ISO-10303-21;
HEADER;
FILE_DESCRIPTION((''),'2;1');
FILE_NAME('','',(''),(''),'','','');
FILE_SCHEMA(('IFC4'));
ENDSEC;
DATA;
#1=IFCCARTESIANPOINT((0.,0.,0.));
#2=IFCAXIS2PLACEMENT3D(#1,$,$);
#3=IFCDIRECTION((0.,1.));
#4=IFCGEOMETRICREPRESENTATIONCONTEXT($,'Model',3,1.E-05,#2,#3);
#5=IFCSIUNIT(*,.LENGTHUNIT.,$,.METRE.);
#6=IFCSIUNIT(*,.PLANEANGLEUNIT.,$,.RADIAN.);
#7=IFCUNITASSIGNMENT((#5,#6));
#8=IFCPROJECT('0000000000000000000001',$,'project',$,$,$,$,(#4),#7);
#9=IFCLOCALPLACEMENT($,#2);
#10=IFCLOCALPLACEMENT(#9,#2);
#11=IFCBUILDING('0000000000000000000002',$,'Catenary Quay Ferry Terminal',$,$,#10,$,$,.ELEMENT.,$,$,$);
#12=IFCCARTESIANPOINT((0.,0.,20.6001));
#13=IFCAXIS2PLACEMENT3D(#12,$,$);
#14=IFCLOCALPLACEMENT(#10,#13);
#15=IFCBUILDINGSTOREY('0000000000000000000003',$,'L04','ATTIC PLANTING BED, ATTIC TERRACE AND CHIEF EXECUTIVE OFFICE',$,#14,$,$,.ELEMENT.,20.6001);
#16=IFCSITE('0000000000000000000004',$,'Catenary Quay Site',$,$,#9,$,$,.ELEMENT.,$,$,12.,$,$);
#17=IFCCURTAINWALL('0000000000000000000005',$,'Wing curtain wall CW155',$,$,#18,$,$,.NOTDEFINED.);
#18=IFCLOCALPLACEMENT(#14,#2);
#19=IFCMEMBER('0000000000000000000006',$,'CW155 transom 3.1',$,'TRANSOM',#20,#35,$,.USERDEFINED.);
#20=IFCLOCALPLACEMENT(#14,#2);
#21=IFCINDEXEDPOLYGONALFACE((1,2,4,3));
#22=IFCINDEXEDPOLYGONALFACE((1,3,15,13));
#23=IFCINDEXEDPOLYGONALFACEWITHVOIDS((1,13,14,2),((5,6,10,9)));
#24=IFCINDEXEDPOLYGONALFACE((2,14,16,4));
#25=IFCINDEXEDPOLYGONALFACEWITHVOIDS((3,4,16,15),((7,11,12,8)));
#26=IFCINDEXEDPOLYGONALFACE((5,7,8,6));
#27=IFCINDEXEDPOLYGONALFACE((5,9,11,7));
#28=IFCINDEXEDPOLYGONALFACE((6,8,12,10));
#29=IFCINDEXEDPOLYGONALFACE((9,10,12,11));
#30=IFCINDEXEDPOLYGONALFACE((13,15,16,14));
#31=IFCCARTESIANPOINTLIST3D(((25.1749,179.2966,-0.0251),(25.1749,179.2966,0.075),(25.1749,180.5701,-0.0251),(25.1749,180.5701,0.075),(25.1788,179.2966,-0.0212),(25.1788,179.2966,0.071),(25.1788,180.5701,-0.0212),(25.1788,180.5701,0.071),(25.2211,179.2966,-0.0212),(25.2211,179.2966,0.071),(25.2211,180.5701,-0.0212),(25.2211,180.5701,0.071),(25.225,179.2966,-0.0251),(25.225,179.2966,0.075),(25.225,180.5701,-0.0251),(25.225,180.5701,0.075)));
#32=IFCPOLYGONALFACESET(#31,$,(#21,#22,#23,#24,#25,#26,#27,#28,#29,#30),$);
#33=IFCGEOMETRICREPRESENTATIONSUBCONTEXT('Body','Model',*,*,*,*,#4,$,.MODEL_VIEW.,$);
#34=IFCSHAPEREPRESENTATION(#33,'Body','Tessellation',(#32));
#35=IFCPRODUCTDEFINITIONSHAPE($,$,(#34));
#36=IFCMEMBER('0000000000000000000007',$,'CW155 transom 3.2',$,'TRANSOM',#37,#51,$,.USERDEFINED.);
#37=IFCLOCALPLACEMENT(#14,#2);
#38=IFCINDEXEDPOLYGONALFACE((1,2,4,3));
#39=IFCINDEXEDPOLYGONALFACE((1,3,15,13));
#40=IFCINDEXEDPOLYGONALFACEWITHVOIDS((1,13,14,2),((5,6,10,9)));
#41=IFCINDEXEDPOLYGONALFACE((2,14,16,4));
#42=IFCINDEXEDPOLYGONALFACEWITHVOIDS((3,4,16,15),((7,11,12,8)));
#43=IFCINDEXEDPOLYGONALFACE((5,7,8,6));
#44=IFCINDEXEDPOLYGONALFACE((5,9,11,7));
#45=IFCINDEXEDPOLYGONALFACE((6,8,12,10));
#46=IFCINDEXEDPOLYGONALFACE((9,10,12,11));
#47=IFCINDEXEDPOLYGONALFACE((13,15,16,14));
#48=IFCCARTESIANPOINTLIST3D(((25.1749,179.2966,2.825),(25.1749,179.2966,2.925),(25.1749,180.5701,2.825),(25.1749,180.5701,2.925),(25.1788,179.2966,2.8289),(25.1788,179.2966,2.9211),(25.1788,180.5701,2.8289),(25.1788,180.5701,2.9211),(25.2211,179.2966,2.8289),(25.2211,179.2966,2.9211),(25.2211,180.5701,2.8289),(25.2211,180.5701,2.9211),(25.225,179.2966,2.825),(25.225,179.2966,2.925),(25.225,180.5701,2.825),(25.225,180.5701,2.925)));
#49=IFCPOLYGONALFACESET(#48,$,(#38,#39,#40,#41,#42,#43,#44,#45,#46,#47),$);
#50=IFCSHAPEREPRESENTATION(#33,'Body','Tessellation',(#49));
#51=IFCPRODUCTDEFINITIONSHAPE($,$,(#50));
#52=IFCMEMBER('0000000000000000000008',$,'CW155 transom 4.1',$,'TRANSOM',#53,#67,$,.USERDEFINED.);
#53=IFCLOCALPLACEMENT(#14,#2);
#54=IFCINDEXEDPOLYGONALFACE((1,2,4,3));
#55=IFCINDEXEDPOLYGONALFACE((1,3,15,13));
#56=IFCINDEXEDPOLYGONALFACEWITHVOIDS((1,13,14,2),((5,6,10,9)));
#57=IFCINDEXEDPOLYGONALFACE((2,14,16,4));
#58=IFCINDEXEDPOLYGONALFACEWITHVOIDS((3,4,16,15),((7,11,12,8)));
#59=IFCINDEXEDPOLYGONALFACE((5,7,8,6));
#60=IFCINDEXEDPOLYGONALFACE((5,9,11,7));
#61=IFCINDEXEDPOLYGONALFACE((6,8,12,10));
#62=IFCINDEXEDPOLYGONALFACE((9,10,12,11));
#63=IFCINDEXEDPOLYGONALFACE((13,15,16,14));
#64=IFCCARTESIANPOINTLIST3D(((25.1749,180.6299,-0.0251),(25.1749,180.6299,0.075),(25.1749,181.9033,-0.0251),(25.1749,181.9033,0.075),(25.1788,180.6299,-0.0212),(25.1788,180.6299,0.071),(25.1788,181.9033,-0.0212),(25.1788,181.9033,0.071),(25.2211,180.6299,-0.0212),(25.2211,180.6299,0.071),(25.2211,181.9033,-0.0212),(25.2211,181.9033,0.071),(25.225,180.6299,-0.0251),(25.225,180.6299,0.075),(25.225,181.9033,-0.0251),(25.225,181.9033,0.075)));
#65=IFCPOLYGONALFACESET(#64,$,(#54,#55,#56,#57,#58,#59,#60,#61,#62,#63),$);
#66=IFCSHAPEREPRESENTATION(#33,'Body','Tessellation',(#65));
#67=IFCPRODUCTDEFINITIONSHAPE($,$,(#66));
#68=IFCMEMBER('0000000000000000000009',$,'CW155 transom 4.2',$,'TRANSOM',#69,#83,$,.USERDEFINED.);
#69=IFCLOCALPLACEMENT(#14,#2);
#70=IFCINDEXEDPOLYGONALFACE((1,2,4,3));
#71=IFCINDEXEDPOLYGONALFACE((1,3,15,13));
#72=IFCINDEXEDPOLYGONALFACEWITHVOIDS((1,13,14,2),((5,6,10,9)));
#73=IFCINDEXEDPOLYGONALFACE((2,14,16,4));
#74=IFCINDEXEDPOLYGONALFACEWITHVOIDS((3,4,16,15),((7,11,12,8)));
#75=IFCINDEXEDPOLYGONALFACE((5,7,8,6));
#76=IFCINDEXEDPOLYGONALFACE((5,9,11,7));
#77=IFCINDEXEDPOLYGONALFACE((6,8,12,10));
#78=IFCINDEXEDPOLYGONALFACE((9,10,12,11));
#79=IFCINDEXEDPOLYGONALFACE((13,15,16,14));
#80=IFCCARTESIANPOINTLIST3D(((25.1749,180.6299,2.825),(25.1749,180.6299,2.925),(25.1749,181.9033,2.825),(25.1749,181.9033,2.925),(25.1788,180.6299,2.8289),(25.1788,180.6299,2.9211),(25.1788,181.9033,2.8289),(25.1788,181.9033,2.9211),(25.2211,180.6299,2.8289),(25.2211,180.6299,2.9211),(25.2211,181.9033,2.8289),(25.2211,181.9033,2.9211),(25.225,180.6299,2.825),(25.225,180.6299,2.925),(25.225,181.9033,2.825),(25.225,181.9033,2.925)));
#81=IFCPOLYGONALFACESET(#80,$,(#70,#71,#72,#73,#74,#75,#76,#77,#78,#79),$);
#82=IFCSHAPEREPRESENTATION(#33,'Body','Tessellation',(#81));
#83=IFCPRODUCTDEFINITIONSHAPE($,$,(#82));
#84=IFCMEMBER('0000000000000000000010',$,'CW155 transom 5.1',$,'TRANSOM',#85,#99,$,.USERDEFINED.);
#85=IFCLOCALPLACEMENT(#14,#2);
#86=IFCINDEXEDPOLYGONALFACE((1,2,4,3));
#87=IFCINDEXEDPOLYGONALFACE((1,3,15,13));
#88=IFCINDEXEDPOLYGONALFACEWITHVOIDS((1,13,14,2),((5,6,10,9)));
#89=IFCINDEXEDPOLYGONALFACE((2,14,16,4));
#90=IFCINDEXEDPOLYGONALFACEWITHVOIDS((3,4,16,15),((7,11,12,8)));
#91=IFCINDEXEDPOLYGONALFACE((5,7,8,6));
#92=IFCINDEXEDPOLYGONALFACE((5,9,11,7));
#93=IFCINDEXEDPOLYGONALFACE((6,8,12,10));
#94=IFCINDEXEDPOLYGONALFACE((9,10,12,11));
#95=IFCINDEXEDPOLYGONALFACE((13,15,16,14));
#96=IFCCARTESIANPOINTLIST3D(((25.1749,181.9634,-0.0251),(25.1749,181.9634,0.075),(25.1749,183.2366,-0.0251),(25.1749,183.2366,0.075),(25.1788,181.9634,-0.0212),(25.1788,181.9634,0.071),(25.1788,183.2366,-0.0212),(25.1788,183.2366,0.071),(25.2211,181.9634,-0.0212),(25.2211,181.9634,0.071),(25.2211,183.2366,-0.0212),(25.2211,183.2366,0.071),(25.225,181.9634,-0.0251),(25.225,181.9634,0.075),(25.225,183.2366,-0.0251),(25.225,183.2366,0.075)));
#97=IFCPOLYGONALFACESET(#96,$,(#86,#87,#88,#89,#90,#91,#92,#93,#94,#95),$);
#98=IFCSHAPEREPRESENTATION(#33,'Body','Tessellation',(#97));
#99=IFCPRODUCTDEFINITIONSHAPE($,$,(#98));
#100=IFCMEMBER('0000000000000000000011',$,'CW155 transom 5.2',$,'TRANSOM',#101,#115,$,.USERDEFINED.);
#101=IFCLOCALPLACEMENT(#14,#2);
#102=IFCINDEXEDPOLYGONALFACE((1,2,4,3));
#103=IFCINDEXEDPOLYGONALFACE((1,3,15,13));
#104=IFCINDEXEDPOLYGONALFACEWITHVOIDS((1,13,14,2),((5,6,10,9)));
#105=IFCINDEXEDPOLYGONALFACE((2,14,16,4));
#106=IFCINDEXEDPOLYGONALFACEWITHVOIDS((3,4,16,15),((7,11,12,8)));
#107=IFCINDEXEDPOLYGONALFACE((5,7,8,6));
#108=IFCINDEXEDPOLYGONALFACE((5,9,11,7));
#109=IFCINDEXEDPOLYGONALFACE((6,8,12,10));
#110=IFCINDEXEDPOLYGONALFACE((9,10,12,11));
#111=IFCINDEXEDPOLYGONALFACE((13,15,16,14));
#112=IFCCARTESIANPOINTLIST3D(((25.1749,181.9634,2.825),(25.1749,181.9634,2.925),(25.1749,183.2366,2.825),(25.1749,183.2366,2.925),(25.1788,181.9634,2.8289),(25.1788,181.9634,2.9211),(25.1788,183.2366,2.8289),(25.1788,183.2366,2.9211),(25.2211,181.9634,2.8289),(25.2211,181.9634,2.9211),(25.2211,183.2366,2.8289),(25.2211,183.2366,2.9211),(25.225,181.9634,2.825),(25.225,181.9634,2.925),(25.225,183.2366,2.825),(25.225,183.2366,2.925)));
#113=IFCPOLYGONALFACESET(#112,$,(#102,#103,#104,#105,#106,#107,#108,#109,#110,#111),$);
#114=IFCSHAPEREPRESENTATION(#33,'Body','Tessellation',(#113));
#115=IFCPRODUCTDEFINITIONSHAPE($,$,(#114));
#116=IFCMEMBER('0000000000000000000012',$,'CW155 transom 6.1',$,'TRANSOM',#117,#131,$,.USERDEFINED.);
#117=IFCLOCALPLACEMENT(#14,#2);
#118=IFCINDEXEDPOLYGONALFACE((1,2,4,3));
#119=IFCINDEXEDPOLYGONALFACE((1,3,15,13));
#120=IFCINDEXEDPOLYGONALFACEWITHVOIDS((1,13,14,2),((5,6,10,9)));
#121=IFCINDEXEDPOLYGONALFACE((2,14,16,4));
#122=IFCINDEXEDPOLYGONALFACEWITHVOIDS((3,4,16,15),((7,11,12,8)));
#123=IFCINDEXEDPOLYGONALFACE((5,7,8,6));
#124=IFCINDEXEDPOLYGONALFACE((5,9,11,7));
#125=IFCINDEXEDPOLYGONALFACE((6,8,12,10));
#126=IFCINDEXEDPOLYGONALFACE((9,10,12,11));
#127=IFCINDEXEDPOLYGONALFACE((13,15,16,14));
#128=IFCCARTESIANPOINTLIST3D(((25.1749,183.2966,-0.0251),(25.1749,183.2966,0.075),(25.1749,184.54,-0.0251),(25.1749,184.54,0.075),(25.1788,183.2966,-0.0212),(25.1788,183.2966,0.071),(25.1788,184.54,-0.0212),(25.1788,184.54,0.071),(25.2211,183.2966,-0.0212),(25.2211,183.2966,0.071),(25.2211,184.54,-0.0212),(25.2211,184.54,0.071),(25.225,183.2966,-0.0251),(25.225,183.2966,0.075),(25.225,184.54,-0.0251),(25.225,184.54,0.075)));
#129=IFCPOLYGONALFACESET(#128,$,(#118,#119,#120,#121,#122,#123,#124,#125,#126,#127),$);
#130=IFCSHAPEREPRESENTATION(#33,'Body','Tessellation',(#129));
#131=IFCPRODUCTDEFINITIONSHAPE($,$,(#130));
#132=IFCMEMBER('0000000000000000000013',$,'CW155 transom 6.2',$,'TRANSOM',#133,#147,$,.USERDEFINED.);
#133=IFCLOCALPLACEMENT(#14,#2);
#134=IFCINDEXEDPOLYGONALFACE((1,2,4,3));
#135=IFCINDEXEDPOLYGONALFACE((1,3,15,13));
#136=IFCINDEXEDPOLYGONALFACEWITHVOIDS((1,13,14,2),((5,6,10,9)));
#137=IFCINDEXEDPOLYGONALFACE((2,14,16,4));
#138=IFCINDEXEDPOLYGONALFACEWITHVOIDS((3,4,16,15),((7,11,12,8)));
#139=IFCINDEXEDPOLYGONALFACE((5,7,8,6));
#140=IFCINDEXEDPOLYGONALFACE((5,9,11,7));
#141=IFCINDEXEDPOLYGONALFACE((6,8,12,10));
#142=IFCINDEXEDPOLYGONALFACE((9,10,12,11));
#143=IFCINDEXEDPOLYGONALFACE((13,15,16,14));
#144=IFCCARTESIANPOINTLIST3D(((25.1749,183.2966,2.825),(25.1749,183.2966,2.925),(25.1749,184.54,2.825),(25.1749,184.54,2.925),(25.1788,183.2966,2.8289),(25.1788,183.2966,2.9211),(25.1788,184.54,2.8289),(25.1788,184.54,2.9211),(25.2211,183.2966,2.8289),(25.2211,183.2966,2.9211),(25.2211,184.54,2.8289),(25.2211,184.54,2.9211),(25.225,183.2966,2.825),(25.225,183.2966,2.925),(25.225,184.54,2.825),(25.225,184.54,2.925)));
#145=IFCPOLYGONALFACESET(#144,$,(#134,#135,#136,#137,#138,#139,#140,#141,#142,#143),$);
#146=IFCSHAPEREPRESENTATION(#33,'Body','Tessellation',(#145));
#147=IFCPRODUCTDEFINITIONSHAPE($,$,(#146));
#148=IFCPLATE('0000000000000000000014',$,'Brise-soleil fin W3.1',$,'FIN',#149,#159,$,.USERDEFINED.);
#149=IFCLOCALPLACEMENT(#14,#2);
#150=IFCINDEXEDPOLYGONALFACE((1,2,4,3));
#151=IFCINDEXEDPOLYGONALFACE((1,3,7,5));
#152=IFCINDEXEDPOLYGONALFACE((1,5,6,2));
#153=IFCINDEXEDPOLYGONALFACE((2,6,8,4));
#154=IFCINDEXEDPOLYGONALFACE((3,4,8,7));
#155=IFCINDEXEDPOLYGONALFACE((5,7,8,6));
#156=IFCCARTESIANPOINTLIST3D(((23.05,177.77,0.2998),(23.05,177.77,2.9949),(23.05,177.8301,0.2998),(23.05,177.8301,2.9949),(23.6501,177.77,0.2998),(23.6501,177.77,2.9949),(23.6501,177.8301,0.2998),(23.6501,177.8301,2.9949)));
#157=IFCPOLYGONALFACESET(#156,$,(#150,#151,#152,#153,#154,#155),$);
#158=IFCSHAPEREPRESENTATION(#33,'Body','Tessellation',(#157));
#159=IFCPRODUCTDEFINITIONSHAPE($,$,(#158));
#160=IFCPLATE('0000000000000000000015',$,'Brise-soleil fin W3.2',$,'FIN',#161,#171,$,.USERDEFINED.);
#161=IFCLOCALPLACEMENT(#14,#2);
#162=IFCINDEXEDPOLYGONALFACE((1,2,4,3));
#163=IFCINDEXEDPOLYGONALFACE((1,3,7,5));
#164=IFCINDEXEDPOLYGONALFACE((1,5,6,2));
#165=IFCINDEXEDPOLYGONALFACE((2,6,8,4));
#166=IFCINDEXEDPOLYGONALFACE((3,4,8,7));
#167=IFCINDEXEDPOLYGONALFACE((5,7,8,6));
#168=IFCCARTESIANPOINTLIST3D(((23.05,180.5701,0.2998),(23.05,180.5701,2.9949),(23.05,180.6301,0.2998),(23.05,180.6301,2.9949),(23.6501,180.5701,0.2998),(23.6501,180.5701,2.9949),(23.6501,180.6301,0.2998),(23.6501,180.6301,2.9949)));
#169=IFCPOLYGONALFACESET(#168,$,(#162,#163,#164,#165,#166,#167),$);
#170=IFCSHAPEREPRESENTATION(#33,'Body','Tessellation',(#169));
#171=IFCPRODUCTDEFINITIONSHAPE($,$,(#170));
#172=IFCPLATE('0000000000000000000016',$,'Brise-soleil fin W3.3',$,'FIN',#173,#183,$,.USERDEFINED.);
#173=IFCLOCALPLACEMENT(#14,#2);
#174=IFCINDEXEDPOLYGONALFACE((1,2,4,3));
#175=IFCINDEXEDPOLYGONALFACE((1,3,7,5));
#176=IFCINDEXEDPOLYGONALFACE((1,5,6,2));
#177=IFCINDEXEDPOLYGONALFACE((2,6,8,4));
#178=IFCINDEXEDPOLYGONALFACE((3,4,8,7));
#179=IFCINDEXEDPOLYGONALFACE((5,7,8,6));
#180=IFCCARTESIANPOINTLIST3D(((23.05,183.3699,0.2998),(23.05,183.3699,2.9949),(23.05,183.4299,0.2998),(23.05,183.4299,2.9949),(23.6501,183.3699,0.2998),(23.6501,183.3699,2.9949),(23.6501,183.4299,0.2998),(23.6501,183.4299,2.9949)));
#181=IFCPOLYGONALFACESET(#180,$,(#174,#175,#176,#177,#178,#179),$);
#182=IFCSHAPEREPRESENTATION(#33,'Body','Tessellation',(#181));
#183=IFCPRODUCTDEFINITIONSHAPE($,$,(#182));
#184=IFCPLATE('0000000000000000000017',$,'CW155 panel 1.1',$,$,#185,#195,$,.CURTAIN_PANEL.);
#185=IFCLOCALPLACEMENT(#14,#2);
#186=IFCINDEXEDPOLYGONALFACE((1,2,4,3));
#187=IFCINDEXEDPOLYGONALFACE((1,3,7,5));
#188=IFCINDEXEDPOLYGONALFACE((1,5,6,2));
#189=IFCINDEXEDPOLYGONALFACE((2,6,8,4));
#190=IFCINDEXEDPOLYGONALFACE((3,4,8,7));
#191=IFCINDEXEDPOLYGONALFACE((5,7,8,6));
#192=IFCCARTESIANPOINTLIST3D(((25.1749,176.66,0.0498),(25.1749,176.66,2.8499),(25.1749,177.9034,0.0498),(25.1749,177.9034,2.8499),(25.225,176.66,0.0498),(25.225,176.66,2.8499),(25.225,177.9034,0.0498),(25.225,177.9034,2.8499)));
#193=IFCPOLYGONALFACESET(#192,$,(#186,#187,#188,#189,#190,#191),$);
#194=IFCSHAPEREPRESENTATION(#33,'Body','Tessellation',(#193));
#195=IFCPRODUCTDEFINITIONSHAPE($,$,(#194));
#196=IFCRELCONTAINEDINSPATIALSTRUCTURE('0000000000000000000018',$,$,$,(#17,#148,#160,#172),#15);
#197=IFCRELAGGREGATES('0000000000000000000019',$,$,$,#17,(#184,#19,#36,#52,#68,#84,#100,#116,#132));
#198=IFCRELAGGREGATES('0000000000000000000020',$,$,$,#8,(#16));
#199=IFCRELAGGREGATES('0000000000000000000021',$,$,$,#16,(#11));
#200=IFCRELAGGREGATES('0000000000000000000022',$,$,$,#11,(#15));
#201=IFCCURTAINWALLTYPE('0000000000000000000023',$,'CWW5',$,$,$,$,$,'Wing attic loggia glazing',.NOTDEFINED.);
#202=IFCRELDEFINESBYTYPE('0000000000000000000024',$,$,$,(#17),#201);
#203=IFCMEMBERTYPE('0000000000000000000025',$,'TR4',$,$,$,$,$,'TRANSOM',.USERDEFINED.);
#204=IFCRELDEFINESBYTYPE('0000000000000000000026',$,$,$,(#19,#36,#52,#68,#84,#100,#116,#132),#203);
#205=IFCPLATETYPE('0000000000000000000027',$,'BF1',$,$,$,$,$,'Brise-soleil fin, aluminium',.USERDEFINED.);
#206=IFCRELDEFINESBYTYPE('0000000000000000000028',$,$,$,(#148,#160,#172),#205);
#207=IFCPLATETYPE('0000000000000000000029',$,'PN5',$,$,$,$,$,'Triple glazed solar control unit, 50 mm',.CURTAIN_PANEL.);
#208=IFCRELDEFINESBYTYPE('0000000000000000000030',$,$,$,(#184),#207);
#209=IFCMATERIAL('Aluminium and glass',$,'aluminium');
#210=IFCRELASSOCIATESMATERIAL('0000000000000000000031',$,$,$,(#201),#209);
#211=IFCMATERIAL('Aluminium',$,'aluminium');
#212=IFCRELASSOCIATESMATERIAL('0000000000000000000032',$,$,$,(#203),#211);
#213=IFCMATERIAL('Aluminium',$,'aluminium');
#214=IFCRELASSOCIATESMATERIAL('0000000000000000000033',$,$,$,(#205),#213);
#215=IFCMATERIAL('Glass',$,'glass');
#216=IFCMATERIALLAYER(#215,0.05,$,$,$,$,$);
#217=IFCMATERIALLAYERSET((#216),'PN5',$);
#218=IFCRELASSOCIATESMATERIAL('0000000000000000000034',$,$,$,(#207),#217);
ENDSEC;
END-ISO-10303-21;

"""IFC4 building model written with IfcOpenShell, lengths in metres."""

from ifc_helpers import new_model, si_unit, direction, frame, origin, origin_2d, place, context, subcontext, project, spatial, rectangle, hollow_rectangle, extrude, material, layer, layer_set, material_profile, profile_set, type_object, element, aggregate, save


model = new_model("IFC4")

# Units and contexts
model_context = context("Model", 3, precision=1e-05, world=origin(), true_north=direction((0.0, 1.0)))
body_context = subcontext(model_context, "Body", "Model", "MODEL_VIEW")
ifc_project = project(units=[si_unit("LENGTHUNIT", "METRE"), si_unit("PLANEANGLEUNIT", "RADIAN")], contexts=[model_context])

# Site, building, storey
site_placement = place(None, origin())
site = spatial("IfcSite", under=ifc_project, at=site_placement, Name="Catenary Quay Site", CompositionType="ELEMENT", RefElevation=12.0)
building_placement = place(site_placement, origin())
building = spatial("IfcBuilding", under=site, at=building_placement, Name="Catenary Quay Ferry Terminal", CompositionType="ELEMENT")
storey_placement = place(building_placement, frame((0.0, 0.0, 20.6001)))
storey = spatial("IfcBuildingStorey", under=building, at=storey_placement, Name="L04", Description="ATTIC PLANTING BED, ATTIC TERRACE AND CHIEF EXECUTIVE OFFICE", CompositionType="ELEMENT", Elevation=20.6001)

# Curtain wall, members
ifc_material_1 = material(Name="Aluminium and glass", Category="aluminium")
curtain_wall_type = type_object("IfcCurtainWallType", Name="CWW5", ElementType="Wing attic loggia glazing", PredefinedType="NOTDEFINED", material=ifc_material_1)
curtain_wall_placement = place(storey_placement, origin())
curtain_wall = element("IfcCurtainWall", 1, at=curtain_wall_placement, inside=storey, type_object=curtain_wall_type, Name="Wing curtain wall CW155", PredefinedType="NOTDEFINED")
ifc_material_2 = material(Name="Aluminium", Category="aluminium")
ifc_material_profile_1 = material_profile(ifc_material_2, hollow_rectangle(XDim=0.05, YDim=0.1001, WallThickness=0.0039, at=origin_2d()), Name="TR4")
ifc_profile_set_1 = profile_set([ifc_material_profile_1], Name="Aluminium")
member_type_1 = type_object("IfcMemberType", Name="TR4", ElementType="TRANSOM", PredefinedType="USERDEFINED", material=ifc_profile_set_1)
member_1_placement = place(storey_placement, frame((25.2, 179.2966, 0.0249), z_axis=(0.0, 1.0, 0.0), x_axis=(-1.0, 0.0, 0.0)))
member_1 = element("IfcMember", 2, at=member_1_placement, type_object=member_type_1, Name="CW155 transom 3.1", ObjectType="TRANSOM", PredefinedType="USERDEFINED", context=body_context, shape_type="SweptSolid", body=[
    extrude(hollow_rectangle(XDim=0.05, YDim=0.1001, WallThickness=0.0039, at=origin_2d()), origin(), (0.0, 0.0, 1.0), 1.2734),
])
member_2_placement = place(storey_placement, frame((25.2, 179.2966, 2.875), z_axis=(0.0, 1.0, 0.0), x_axis=(-1.0, 0.0, 0.0)))
member_2 = element("IfcMember", 3, at=member_2_placement, type_object=member_type_1, Name="CW155 transom 3.2", ObjectType="TRANSOM", PredefinedType="USERDEFINED", context=body_context, shape_type="SweptSolid", body=[
    extrude(hollow_rectangle(XDim=0.05, YDim=0.1001, WallThickness=0.0039, at=origin_2d()), origin(), (0.0, 0.0, 1.0), 1.2734),
])
member_3_placement = place(storey_placement, frame((25.2, 180.6299, 0.0249), z_axis=(0.0, 1.0, 0.0), x_axis=(-1.0, 0.0, 0.0)))
member_3 = element("IfcMember", 4, at=member_3_placement, type_object=member_type_1, Name="CW155 transom 4.1", ObjectType="TRANSOM", PredefinedType="USERDEFINED", context=body_context, shape_type="SweptSolid", body=[
    extrude(hollow_rectangle(XDim=0.05, YDim=0.1001, WallThickness=0.0039, at=origin_2d()), origin(), (0.0, 0.0, 1.0), 1.2734),
])
member_4_placement = place(storey_placement, frame((25.2, 180.6299, 2.875), z_axis=(0.0, 1.0, 0.0), x_axis=(-1.0, 0.0, 0.0)))
member_4 = element("IfcMember", 5, at=member_4_placement, type_object=member_type_1, Name="CW155 transom 4.2", ObjectType="TRANSOM", PredefinedType="USERDEFINED", context=body_context, shape_type="SweptSolid", body=[
    extrude(hollow_rectangle(XDim=0.05, YDim=0.1001, WallThickness=0.0039, at=origin_2d()), origin(), (0.0, 0.0, 1.0), 1.2734),
])
member_5_placement = place(storey_placement, frame((25.2, 181.9634, 0.0249), z_axis=(0.0, 1.0, 0.0), x_axis=(-1.0, 0.0, 0.0)))
member_5 = element("IfcMember", 6, at=member_5_placement, type_object=member_type_1, Name="CW155 transom 5.1", ObjectType="TRANSOM", PredefinedType="USERDEFINED", context=body_context, shape_type="SweptSolid", body=[
    extrude(hollow_rectangle(XDim=0.05, YDim=0.1001, WallThickness=0.0039, at=origin_2d()), origin(), (0.0, 0.0, 1.0), 1.2732),
])
member_6_placement = place(storey_placement, frame((25.2, 181.9634, 2.875), z_axis=(0.0, 1.0, 0.0), x_axis=(-1.0, 0.0, 0.0)))
member_6 = element("IfcMember", 7, at=member_6_placement, type_object=member_type_1, Name="CW155 transom 5.2", ObjectType="TRANSOM", PredefinedType="USERDEFINED", context=body_context, shape_type="SweptSolid", body=[
    extrude(hollow_rectangle(XDim=0.05, YDim=0.1001, WallThickness=0.0039, at=origin_2d()), origin(), (0.0, 0.0, 1.0), 1.2732),
])
member_7_placement = place(storey_placement, frame((25.2, 183.2966, 0.0249), z_axis=(0.0, 1.0, 0.0), x_axis=(-1.0, 0.0, 0.0)))
member_7 = element("IfcMember", 8, at=member_7_placement, type_object=member_type_1, Name="CW155 transom 6.1", ObjectType="TRANSOM", PredefinedType="USERDEFINED", context=body_context, shape_type="SweptSolid", body=[
    extrude(hollow_rectangle(XDim=0.05, YDim=0.1001, WallThickness=0.0039, at=origin_2d()), origin(), (0.0, 0.0, 1.0), 1.2434),
])
member_8_placement = place(storey_placement, frame((25.2, 183.2966, 2.875), z_axis=(0.0, 1.0, 0.0), x_axis=(-1.0, 0.0, 0.0)))
member_8 = element("IfcMember", 9, at=member_8_placement, type_object=member_type_1, Name="CW155 transom 6.2", ObjectType="TRANSOM", PredefinedType="USERDEFINED", context=body_context, shape_type="SweptSolid", body=[
    extrude(hollow_rectangle(XDim=0.05, YDim=0.1001, WallThickness=0.0039, at=origin_2d()), origin(), (0.0, 0.0, 1.0), 1.2434),
])

# Plates
ifc_material_3 = material(Name="Aluminium", Category="aluminium")
ifc_material_profile_2 = material_profile(ifc_material_3, rectangle(XDim=0.0601, YDim=0.6001, at=origin_2d()), Name="BF1")
ifc_profile_set_2 = profile_set([ifc_material_profile_2], Name="Aluminium")
plate_type_1 = type_object("IfcPlateType", Name="BF1", ElementType="Brise-soleil fin, aluminium", PredefinedType="USERDEFINED", material=ifc_profile_set_2)
for number, where, z_axis, x_axis, name in (
    (10, (23.3501, 177.8, 0.2998), (0.0, 0.0, 1.0), (0.0, 1.0, 0.0), "Brise-soleil fin W3.1"),
    (11, (23.3501, 180.6001, 0.2998), (0.0, 0.0, 1.0), (0.0, 1.0, 0.0), "Brise-soleil fin W3.2"),
    (12, (23.3501, 183.3999, 0.2998), (0.0, 0.0, 1.0), (0.0, 1.0, 0.0), "Brise-soleil fin W3.3"),
):
    element("IfcPlate", number, at=place(storey_placement, frame(where, z_axis=z_axis, x_axis=x_axis)), inside=storey, type_object=plate_type_1, Name=name, ObjectType="FIN", PredefinedType="USERDEFINED", context=body_context, shape_type="SweptSolid", body=[
        extrude(rectangle(XDim=0.0601, YDim=0.6001, at=origin_2d()), origin(), (0.0, 0.0, 1.0), 2.6951),
    ])

# Plate
ifc_material_4 = material(Name="Glass", Category="glass")
ifc_layer_1 = layer(ifc_material_4, 0.05)
ifc_layer_set_1 = layer_set([ifc_layer_1], Name="PN5")
plate_type_2 = type_object("IfcPlateType", Name="PN5", ElementType="Triple glazed solar control unit, 50 mm", PredefinedType="CURTAIN_PANEL", material=ifc_layer_set_1)
plate_1_placement = place(storey_placement, frame((25.2, 177.2817, 0.0498), z_axis=(0.0, 0.0, 1.0), x_axis=(0.0, 1.0, 0.0)))
plate_1 = element("IfcPlate", 13, at=plate_1_placement, type_object=plate_type_2, Name="CW155 panel 1.1", PredefinedType="CURTAIN_PANEL", context=body_context, shape_type="SweptSolid", body=[
    extrude(rectangle(XDim=1.2434, YDim=0.05, at=origin_2d()), origin(), (0.0, 0.0, 1.0), 2.8),
])
aggregate(curtain_wall, [plate_1, member_1, member_2, member_3, member_4, member_5, member_6, member_7, member_8])

save(model, "model.ifc")
